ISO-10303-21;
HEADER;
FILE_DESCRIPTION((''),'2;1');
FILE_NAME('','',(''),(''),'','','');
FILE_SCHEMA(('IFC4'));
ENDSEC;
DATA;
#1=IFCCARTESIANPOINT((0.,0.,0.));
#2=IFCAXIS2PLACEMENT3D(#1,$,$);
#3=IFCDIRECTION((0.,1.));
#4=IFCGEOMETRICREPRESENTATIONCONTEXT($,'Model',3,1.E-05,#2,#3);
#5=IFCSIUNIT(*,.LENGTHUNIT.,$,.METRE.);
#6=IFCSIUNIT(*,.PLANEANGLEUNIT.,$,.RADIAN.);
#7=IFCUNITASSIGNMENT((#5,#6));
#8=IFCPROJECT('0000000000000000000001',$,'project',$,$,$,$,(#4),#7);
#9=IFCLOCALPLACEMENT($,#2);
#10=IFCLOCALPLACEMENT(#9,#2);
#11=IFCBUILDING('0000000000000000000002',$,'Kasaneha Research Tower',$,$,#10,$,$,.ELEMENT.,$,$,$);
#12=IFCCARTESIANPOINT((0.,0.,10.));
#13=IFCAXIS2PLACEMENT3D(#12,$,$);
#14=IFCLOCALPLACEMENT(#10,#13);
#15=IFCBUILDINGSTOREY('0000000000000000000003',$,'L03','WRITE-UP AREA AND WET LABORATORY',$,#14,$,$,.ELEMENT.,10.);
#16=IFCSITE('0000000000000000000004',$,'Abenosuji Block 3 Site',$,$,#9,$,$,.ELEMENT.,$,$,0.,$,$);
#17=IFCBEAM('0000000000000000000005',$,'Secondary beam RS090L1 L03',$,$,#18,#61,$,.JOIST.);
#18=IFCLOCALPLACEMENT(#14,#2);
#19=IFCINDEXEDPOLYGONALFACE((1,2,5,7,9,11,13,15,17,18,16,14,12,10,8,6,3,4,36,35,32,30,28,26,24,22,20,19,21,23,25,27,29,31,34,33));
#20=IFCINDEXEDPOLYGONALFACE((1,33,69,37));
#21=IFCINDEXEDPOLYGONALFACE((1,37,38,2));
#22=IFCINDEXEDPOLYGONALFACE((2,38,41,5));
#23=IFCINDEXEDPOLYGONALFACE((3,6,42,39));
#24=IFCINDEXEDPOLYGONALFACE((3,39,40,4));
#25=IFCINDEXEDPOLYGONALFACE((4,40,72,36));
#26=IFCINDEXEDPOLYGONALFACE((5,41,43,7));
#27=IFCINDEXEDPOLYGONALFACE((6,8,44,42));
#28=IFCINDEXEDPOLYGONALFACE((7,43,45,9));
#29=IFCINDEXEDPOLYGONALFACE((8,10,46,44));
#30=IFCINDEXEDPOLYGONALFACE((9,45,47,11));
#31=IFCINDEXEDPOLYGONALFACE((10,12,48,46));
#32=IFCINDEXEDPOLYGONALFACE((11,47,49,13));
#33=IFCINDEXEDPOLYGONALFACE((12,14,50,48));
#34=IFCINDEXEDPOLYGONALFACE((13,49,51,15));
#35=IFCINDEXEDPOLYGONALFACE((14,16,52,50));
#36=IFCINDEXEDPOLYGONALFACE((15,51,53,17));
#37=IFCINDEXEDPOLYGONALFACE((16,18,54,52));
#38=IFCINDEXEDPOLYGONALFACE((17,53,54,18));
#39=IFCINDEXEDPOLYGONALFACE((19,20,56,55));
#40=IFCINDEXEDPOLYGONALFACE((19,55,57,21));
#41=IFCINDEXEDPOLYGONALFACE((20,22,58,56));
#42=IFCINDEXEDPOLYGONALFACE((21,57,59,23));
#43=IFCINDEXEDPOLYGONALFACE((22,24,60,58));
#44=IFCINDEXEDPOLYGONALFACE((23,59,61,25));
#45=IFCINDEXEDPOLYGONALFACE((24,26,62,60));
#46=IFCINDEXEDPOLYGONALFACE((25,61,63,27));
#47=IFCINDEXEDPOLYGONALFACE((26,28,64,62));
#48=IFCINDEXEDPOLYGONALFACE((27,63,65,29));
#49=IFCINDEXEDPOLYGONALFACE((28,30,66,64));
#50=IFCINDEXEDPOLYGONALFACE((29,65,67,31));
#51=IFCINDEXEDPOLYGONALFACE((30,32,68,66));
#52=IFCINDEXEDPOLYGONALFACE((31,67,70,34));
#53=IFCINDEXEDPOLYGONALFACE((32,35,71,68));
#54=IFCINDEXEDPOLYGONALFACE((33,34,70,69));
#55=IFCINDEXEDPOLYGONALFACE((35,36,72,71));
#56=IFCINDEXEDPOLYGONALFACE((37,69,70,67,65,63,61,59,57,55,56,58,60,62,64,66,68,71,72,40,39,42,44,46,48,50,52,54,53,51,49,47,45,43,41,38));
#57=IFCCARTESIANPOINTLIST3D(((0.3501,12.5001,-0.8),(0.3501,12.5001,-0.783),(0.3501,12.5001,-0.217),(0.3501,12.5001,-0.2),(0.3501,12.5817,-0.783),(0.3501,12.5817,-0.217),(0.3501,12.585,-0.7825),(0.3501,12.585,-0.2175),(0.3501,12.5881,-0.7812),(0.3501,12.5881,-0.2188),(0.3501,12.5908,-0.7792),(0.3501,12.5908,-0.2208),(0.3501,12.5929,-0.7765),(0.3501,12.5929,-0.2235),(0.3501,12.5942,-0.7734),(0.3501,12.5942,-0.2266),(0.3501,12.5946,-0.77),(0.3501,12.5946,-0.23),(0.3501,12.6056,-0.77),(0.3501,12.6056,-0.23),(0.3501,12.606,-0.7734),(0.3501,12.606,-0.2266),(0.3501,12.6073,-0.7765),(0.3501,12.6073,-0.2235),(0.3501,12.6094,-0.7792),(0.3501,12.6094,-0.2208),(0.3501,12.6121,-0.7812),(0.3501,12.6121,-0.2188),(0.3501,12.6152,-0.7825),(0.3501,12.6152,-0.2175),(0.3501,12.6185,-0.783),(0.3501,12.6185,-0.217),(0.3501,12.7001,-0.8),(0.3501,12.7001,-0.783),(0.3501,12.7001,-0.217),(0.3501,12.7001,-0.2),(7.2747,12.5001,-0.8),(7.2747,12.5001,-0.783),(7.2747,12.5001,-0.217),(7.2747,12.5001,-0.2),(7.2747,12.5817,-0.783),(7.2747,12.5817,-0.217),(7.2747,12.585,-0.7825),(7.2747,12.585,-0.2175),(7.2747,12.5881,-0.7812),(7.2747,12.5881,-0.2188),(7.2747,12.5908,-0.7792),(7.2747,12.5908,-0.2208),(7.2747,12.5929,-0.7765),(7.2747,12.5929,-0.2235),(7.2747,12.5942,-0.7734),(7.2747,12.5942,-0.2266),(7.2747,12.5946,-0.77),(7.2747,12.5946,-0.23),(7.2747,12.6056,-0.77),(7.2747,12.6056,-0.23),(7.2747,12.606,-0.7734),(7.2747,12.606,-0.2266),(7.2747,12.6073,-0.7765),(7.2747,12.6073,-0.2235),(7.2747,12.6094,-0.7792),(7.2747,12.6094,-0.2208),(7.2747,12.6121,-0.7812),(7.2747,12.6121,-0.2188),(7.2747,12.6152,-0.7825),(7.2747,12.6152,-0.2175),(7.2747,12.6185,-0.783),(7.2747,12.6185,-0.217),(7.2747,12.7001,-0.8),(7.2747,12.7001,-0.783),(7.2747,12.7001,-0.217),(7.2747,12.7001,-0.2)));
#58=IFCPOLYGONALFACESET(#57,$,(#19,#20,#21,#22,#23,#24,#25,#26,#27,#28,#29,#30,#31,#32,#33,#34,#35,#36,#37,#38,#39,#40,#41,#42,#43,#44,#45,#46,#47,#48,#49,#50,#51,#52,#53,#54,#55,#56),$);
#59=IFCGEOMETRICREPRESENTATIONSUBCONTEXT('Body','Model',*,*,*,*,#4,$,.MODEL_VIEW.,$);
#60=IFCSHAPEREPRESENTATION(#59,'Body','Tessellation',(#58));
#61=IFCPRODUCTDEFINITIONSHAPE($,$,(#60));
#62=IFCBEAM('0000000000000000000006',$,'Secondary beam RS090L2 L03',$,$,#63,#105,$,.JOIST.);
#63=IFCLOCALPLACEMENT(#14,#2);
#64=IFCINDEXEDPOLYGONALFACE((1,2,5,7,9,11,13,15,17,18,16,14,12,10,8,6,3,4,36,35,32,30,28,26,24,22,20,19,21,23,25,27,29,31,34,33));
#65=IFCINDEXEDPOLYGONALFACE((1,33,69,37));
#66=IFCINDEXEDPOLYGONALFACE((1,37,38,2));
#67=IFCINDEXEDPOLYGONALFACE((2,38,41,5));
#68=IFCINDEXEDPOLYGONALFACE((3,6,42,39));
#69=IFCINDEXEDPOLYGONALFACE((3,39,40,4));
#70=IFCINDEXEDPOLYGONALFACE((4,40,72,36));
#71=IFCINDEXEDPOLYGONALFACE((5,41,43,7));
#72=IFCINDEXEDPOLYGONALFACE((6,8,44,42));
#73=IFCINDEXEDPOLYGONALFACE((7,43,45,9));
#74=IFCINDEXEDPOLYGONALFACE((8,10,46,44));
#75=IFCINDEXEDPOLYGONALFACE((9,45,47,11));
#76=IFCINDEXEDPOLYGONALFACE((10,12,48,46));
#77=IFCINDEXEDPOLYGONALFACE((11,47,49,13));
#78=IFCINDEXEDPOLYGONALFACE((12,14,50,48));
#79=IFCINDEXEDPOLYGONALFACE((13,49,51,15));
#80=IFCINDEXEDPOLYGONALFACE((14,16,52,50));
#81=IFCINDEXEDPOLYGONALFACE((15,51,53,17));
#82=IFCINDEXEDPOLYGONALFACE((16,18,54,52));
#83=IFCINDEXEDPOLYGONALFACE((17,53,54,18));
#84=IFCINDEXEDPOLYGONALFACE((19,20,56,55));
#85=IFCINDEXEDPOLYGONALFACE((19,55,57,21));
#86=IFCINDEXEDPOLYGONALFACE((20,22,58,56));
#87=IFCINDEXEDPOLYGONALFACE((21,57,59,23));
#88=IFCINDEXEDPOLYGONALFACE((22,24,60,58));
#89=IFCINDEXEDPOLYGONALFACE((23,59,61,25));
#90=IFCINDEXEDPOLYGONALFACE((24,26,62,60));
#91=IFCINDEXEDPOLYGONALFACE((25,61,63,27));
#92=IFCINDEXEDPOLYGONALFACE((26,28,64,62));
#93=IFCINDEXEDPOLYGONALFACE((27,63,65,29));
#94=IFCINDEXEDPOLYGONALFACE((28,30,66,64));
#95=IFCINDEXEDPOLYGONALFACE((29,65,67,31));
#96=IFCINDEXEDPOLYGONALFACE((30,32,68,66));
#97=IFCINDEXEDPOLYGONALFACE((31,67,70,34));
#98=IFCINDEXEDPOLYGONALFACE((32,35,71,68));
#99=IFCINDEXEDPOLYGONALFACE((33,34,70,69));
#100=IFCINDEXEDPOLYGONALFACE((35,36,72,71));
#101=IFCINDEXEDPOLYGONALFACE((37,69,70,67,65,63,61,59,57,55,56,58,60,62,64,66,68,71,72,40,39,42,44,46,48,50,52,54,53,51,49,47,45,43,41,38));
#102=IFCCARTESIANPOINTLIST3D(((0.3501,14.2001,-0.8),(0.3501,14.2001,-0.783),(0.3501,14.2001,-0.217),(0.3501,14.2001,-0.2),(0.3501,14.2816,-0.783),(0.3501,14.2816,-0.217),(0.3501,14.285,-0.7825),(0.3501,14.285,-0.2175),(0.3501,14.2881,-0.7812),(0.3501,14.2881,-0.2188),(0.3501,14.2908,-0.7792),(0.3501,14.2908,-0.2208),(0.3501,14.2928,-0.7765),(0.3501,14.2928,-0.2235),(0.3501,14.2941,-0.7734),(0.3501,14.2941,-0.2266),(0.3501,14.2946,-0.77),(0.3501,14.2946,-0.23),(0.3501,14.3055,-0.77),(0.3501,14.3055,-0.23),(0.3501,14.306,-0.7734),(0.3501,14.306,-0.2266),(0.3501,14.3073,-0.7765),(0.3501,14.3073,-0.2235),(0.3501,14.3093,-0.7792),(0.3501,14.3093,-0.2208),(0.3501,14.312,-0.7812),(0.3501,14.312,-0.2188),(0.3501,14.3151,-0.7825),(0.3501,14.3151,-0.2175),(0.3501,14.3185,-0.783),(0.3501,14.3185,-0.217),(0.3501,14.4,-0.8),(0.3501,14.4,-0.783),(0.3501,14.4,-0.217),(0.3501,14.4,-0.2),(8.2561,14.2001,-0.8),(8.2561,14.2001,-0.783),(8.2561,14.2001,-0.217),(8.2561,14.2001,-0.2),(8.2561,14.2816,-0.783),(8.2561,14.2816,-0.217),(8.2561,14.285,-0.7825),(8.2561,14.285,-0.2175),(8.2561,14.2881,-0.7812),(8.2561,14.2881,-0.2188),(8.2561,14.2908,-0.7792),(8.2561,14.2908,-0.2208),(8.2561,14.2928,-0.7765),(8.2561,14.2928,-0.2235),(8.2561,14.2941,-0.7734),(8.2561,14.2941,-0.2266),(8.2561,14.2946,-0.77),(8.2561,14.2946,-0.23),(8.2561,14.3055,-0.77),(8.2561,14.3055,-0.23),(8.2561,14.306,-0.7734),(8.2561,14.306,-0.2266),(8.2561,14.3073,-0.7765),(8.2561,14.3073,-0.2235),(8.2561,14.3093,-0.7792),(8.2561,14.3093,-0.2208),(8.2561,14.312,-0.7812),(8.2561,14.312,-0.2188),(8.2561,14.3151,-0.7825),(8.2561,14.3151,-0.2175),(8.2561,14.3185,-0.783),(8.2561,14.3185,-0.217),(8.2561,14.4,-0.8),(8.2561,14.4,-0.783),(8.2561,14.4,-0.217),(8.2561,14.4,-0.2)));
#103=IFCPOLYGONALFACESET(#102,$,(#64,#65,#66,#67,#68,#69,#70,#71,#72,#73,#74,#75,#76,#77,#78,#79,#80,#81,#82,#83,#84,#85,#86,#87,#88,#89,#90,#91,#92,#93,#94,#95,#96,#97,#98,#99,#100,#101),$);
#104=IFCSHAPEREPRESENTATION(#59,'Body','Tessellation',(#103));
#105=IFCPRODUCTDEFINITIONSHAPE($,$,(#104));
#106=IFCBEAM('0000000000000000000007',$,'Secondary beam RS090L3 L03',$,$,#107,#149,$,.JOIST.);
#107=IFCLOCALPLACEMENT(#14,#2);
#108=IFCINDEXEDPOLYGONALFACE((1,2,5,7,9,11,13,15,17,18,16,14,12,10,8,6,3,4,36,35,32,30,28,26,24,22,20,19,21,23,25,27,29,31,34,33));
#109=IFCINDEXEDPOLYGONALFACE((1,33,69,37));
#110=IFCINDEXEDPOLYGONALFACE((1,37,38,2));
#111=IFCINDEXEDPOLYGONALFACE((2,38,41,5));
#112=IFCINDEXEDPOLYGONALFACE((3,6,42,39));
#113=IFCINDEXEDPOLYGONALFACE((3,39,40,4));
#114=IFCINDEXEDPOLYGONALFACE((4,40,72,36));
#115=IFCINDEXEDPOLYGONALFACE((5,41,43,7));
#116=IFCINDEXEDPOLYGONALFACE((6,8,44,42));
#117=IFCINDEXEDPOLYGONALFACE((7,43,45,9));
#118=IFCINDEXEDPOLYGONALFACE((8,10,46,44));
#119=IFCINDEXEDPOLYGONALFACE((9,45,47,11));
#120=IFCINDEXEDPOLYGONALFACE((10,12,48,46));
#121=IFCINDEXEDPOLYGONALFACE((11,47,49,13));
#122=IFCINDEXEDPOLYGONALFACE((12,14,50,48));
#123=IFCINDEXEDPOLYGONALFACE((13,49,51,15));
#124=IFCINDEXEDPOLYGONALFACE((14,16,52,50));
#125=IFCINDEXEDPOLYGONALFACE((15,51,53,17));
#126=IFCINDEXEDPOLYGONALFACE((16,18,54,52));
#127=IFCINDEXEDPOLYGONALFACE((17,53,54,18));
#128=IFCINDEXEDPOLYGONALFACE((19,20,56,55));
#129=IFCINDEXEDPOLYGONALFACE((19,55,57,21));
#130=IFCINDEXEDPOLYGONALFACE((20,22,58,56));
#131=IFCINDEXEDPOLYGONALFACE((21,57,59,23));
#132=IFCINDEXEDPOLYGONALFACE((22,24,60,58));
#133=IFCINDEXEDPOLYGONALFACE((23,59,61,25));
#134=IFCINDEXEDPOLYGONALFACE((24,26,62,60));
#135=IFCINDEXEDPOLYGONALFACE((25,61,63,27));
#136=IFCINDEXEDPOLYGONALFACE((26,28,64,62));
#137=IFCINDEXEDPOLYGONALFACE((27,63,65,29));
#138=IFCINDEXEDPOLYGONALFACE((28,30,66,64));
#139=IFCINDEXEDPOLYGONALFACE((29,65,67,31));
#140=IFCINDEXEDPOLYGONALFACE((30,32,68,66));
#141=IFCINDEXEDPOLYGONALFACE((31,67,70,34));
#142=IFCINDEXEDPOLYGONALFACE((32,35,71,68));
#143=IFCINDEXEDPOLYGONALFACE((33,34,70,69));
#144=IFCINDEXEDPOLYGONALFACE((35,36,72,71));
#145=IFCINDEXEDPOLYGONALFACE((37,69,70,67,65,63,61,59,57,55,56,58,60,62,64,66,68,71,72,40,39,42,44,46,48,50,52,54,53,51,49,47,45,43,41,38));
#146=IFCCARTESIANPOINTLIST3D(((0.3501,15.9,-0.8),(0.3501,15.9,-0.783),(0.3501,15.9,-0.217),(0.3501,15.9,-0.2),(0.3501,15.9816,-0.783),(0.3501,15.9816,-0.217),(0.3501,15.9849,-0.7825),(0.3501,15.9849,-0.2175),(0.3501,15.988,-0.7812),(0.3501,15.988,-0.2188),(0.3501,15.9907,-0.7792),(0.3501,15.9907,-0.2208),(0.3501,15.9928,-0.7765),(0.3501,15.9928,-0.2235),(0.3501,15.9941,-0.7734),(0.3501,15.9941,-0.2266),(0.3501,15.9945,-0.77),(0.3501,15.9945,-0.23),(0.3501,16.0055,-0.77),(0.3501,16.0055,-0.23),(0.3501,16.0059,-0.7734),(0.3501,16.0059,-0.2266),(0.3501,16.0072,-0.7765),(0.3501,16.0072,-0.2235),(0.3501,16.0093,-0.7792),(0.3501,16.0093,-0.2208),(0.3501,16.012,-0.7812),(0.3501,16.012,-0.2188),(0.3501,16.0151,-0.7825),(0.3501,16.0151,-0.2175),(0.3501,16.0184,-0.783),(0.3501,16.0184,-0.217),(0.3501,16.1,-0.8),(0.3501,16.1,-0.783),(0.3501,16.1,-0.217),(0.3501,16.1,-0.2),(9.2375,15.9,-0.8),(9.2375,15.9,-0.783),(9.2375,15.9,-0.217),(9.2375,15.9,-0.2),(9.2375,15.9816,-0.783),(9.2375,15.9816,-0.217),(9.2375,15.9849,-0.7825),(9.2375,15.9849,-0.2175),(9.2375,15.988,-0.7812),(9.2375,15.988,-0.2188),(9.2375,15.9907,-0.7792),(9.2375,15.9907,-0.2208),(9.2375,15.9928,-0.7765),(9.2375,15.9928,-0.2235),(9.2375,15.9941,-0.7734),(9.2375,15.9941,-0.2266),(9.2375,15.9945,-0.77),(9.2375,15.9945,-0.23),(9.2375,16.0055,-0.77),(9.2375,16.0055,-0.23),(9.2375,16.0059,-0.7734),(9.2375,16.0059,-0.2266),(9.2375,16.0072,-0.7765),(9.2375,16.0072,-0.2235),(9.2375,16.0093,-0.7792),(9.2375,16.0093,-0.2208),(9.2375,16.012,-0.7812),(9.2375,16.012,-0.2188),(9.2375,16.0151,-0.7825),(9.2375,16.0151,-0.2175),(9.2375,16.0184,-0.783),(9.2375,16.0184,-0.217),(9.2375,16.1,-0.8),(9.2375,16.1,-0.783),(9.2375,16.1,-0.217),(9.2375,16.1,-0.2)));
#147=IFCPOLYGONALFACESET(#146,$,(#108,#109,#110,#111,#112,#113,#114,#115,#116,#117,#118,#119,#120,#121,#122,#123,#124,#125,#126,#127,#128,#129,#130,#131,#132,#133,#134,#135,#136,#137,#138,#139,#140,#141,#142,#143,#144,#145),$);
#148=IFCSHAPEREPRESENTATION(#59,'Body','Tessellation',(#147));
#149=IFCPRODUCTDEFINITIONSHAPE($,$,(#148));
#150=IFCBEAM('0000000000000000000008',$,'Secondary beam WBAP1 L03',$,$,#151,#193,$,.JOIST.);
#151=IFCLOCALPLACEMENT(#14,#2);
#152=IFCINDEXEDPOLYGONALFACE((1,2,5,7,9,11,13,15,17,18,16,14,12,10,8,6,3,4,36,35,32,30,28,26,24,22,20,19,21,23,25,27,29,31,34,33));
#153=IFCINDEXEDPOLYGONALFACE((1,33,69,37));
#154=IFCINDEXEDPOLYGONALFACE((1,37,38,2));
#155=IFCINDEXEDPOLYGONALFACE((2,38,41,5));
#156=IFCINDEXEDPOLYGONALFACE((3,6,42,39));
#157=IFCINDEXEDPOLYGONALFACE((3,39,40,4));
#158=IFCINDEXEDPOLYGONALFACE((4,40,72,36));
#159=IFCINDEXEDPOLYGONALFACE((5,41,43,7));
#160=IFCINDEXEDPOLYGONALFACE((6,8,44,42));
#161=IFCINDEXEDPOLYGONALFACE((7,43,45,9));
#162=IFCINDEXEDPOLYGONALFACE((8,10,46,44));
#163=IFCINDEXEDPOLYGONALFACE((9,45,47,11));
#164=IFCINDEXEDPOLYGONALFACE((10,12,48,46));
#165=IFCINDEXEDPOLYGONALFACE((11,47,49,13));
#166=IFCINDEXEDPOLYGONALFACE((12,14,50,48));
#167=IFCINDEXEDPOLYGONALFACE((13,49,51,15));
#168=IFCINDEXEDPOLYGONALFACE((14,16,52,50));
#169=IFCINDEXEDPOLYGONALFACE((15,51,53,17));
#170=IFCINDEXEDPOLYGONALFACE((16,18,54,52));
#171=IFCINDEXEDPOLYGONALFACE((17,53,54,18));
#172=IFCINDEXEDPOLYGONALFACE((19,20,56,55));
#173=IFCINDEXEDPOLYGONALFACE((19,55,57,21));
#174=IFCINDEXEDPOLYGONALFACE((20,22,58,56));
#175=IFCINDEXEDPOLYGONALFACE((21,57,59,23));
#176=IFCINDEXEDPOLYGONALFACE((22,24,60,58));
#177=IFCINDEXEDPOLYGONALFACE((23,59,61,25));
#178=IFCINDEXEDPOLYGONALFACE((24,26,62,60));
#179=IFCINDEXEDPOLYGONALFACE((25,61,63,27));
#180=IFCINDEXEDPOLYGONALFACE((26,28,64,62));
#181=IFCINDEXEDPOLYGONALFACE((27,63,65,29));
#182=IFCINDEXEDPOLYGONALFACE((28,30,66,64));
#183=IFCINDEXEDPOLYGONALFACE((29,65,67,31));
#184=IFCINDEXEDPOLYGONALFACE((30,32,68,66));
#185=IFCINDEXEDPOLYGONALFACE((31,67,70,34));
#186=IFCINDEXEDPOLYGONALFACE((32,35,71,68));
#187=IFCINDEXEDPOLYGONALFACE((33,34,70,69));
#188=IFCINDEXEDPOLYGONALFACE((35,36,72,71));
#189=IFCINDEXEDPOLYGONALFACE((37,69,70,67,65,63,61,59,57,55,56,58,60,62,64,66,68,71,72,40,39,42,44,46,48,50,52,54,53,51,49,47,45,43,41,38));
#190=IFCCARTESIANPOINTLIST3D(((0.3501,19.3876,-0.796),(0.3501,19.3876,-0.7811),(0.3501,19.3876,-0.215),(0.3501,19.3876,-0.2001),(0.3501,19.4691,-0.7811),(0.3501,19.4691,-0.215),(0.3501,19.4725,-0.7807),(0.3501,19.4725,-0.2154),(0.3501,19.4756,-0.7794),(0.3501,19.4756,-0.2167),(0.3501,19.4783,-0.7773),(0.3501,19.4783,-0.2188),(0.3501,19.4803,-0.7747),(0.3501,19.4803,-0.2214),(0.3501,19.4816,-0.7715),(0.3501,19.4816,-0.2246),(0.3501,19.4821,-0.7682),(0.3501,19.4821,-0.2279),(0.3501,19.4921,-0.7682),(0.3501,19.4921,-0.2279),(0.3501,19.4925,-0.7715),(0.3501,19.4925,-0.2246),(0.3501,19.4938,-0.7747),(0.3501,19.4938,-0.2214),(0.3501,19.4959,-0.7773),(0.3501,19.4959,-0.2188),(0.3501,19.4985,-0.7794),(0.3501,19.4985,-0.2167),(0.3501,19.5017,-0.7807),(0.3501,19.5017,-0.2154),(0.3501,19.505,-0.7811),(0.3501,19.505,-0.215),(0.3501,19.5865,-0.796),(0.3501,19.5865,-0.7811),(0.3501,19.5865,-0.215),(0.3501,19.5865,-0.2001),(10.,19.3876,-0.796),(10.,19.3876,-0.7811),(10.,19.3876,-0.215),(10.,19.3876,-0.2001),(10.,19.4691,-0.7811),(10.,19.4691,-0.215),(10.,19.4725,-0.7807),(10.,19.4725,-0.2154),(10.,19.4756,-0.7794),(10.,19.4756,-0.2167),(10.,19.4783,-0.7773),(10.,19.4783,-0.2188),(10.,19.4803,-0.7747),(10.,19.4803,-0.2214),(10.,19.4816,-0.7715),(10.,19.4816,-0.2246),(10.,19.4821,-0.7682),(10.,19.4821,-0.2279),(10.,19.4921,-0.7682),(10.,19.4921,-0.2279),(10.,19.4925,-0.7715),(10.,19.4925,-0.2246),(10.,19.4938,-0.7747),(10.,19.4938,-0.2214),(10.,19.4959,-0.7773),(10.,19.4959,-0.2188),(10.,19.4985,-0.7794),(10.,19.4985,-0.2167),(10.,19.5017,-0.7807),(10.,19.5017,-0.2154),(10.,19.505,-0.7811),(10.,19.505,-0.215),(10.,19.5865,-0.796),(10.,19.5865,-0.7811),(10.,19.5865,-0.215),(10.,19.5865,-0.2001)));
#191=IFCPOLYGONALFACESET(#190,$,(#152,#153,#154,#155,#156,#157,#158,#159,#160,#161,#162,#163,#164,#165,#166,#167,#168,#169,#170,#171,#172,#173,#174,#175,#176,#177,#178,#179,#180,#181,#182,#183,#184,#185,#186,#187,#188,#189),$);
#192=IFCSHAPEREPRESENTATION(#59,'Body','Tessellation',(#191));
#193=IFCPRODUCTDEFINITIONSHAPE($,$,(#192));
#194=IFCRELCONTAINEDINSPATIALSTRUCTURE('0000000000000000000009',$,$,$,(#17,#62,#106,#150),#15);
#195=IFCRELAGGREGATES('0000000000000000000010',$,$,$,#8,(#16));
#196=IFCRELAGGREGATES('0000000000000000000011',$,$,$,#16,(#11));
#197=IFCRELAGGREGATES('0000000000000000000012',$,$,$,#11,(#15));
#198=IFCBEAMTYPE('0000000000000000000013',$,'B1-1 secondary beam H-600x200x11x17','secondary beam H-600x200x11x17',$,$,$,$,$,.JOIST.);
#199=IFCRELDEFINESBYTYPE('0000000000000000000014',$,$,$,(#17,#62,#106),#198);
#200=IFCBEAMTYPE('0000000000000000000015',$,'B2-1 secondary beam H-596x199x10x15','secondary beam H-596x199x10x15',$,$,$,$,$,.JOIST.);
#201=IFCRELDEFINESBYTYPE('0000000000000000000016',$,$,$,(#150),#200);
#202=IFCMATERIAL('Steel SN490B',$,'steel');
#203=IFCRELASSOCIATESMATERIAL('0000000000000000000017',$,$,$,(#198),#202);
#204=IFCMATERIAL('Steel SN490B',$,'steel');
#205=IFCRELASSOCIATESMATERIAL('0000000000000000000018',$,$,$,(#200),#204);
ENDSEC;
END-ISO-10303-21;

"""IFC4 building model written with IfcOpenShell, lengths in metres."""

from ifc_helpers import new_model, si_unit, direction, frame, origin, origin_2d, place, context, subcontext, project, spatial, i_section, extrude, material, material_profile, profile_set, type_object, element, save


model = new_model("IFC4")

# Units and contexts
model_context = context("Model", 3, precision=1e-05, world=origin(), true_north=direction((0.0, 1.0)))
body_context = subcontext(model_context, "Body", "Model", "MODEL_VIEW")
ifc_project = project(units=[si_unit("LENGTHUNIT", "METRE"), si_unit("PLANEANGLEUNIT", "RADIAN")], contexts=[model_context])

# Site, building, storey
site_placement = place(None, origin())
site = spatial("IfcSite", under=ifc_project, at=site_placement, Name="Abenosuji Block 3 Site", CompositionType="ELEMENT", RefElevation=0.0)
building_placement = place(site_placement, origin())
building = spatial("IfcBuilding", under=site, at=building_placement, Name="Kasaneha Research Tower", CompositionType="ELEMENT")
storey_placement = place(building_placement, frame((0.0, 0.0, 10.0)))
storey = spatial("IfcBuildingStorey", under=building, at=storey_placement, Name="L03", Description="WRITE-UP AREA AND WET LABORATORY", CompositionType="ELEMENT", Elevation=10.0)

# Beams
ifc_material_1 = material(Name="Steel SN490B", Category="steel")
ifc_material_profile_1 = material_profile(ifc_material_1, i_section(OverallWidth=0.2, OverallDepth=0.6001, WebThickness=0.011, FlangeThickness=0.0171, FilletRadius=0.0129, at=origin_2d()), Name="H-600x200x11x17")
ifc_profile_set_1 = profile_set([ifc_material_profile_1], Name="Steel SN490B")
beam_type_1 = type_object("IfcBeamType", Name="B1-1 secondary beam H-600x200x11x17", Description="secondary beam H-600x200x11x17", PredefinedType="JOIST", material=ifc_profile_set_1)
beam_1_placement = place(storey_placement, frame((7.2747, 12.6001, -0.5), z_axis=(-1.0, 0.0, 0.0), x_axis=(0.0, -1.0, 0.0)))
element("IfcBeam", 1, at=beam_1_placement, inside=storey, type_object=beam_type_1, Name="Secondary beam RS090L1 L03", PredefinedType="JOIST", context=body_context, shape_type="SweptSolid", body=[
    extrude(i_section(OverallWidth=0.2, OverallDepth=0.6001, WebThickness=0.011, FlangeThickness=0.0171, FilletRadius=0.0129, at=origin_2d()), origin(), (0.0, 0.0, 1.0), 6.9246),
])
beam_2_placement = place(storey_placement, frame((8.2561, 14.3, -0.5), z_axis=(-1.0, 0.0, 0.0), x_axis=(0.0, -1.0, 0.0)))
element("IfcBeam", 2, at=beam_2_placement, inside=storey, type_object=beam_type_1, Name="Secondary beam RS090L2 L03", PredefinedType="JOIST", context=body_context, shape_type="SweptSolid", body=[
    extrude(i_section(OverallWidth=0.2, OverallDepth=0.6001, WebThickness=0.011, FlangeThickness=0.0171, FilletRadius=0.0129, at=origin_2d()), origin(), (0.0, 0.0, 1.0), 7.906),
])
beam_3_placement = place(storey_placement, frame((9.2375, 16.0, -0.5), z_axis=(-1.0, 0.0, 0.0), x_axis=(0.0, -1.0, 0.0)))
element("IfcBeam", 3, at=beam_3_placement, inside=storey, type_object=beam_type_1, Name="Secondary beam RS090L3 L03", PredefinedType="JOIST", context=body_context, shape_type="SweptSolid", body=[
    extrude(i_section(OverallWidth=0.2, OverallDepth=0.6001, WebThickness=0.011, FlangeThickness=0.0171, FilletRadius=0.0129, at=origin_2d()), origin(), (0.0, 0.0, 1.0), 8.8875),
])
ifc_material_2 = material(Name="Steel SN490B", Category="steel")
ifc_material_profile_2 = material_profile(ifc_material_2, i_section(OverallWidth=0.199, OverallDepth=0.5959, WebThickness=0.01, FlangeThickness=0.0149, FilletRadius=0.0129, at=origin_2d()), Name="H-596x199x10x15")
ifc_profile_set_2 = profile_set([ifc_material_profile_2], Name="Steel SN490B")
beam_type_2 = type_object("IfcBeamType", Name="B2-1 secondary beam H-596x199x10x15", Description="secondary beam H-596x199x10x15", PredefinedType="JOIST", material=ifc_profile_set_2)
beam_4_placement = place(storey_placement, frame((10.0, 19.4871, -0.498), z_axis=(-1.0, 0.0, 0.0), x_axis=(0.0, -1.0, 0.0)))
element("IfcBeam", 4, at=beam_4_placement, inside=storey, type_object=beam_type_2, Name="Secondary beam WBAP1 L03", PredefinedType="JOIST", context=body_context, shape_type="SweptSolid", body=[
    extrude(i_section(OverallWidth=0.199, OverallDepth=0.5959, WebThickness=0.01, FlangeThickness=0.0149, FilletRadius=0.0129, at=origin_2d()), origin(), (0.0, 0.0, 1.0), 9.6499),
])

save(model, "model.ifc")
